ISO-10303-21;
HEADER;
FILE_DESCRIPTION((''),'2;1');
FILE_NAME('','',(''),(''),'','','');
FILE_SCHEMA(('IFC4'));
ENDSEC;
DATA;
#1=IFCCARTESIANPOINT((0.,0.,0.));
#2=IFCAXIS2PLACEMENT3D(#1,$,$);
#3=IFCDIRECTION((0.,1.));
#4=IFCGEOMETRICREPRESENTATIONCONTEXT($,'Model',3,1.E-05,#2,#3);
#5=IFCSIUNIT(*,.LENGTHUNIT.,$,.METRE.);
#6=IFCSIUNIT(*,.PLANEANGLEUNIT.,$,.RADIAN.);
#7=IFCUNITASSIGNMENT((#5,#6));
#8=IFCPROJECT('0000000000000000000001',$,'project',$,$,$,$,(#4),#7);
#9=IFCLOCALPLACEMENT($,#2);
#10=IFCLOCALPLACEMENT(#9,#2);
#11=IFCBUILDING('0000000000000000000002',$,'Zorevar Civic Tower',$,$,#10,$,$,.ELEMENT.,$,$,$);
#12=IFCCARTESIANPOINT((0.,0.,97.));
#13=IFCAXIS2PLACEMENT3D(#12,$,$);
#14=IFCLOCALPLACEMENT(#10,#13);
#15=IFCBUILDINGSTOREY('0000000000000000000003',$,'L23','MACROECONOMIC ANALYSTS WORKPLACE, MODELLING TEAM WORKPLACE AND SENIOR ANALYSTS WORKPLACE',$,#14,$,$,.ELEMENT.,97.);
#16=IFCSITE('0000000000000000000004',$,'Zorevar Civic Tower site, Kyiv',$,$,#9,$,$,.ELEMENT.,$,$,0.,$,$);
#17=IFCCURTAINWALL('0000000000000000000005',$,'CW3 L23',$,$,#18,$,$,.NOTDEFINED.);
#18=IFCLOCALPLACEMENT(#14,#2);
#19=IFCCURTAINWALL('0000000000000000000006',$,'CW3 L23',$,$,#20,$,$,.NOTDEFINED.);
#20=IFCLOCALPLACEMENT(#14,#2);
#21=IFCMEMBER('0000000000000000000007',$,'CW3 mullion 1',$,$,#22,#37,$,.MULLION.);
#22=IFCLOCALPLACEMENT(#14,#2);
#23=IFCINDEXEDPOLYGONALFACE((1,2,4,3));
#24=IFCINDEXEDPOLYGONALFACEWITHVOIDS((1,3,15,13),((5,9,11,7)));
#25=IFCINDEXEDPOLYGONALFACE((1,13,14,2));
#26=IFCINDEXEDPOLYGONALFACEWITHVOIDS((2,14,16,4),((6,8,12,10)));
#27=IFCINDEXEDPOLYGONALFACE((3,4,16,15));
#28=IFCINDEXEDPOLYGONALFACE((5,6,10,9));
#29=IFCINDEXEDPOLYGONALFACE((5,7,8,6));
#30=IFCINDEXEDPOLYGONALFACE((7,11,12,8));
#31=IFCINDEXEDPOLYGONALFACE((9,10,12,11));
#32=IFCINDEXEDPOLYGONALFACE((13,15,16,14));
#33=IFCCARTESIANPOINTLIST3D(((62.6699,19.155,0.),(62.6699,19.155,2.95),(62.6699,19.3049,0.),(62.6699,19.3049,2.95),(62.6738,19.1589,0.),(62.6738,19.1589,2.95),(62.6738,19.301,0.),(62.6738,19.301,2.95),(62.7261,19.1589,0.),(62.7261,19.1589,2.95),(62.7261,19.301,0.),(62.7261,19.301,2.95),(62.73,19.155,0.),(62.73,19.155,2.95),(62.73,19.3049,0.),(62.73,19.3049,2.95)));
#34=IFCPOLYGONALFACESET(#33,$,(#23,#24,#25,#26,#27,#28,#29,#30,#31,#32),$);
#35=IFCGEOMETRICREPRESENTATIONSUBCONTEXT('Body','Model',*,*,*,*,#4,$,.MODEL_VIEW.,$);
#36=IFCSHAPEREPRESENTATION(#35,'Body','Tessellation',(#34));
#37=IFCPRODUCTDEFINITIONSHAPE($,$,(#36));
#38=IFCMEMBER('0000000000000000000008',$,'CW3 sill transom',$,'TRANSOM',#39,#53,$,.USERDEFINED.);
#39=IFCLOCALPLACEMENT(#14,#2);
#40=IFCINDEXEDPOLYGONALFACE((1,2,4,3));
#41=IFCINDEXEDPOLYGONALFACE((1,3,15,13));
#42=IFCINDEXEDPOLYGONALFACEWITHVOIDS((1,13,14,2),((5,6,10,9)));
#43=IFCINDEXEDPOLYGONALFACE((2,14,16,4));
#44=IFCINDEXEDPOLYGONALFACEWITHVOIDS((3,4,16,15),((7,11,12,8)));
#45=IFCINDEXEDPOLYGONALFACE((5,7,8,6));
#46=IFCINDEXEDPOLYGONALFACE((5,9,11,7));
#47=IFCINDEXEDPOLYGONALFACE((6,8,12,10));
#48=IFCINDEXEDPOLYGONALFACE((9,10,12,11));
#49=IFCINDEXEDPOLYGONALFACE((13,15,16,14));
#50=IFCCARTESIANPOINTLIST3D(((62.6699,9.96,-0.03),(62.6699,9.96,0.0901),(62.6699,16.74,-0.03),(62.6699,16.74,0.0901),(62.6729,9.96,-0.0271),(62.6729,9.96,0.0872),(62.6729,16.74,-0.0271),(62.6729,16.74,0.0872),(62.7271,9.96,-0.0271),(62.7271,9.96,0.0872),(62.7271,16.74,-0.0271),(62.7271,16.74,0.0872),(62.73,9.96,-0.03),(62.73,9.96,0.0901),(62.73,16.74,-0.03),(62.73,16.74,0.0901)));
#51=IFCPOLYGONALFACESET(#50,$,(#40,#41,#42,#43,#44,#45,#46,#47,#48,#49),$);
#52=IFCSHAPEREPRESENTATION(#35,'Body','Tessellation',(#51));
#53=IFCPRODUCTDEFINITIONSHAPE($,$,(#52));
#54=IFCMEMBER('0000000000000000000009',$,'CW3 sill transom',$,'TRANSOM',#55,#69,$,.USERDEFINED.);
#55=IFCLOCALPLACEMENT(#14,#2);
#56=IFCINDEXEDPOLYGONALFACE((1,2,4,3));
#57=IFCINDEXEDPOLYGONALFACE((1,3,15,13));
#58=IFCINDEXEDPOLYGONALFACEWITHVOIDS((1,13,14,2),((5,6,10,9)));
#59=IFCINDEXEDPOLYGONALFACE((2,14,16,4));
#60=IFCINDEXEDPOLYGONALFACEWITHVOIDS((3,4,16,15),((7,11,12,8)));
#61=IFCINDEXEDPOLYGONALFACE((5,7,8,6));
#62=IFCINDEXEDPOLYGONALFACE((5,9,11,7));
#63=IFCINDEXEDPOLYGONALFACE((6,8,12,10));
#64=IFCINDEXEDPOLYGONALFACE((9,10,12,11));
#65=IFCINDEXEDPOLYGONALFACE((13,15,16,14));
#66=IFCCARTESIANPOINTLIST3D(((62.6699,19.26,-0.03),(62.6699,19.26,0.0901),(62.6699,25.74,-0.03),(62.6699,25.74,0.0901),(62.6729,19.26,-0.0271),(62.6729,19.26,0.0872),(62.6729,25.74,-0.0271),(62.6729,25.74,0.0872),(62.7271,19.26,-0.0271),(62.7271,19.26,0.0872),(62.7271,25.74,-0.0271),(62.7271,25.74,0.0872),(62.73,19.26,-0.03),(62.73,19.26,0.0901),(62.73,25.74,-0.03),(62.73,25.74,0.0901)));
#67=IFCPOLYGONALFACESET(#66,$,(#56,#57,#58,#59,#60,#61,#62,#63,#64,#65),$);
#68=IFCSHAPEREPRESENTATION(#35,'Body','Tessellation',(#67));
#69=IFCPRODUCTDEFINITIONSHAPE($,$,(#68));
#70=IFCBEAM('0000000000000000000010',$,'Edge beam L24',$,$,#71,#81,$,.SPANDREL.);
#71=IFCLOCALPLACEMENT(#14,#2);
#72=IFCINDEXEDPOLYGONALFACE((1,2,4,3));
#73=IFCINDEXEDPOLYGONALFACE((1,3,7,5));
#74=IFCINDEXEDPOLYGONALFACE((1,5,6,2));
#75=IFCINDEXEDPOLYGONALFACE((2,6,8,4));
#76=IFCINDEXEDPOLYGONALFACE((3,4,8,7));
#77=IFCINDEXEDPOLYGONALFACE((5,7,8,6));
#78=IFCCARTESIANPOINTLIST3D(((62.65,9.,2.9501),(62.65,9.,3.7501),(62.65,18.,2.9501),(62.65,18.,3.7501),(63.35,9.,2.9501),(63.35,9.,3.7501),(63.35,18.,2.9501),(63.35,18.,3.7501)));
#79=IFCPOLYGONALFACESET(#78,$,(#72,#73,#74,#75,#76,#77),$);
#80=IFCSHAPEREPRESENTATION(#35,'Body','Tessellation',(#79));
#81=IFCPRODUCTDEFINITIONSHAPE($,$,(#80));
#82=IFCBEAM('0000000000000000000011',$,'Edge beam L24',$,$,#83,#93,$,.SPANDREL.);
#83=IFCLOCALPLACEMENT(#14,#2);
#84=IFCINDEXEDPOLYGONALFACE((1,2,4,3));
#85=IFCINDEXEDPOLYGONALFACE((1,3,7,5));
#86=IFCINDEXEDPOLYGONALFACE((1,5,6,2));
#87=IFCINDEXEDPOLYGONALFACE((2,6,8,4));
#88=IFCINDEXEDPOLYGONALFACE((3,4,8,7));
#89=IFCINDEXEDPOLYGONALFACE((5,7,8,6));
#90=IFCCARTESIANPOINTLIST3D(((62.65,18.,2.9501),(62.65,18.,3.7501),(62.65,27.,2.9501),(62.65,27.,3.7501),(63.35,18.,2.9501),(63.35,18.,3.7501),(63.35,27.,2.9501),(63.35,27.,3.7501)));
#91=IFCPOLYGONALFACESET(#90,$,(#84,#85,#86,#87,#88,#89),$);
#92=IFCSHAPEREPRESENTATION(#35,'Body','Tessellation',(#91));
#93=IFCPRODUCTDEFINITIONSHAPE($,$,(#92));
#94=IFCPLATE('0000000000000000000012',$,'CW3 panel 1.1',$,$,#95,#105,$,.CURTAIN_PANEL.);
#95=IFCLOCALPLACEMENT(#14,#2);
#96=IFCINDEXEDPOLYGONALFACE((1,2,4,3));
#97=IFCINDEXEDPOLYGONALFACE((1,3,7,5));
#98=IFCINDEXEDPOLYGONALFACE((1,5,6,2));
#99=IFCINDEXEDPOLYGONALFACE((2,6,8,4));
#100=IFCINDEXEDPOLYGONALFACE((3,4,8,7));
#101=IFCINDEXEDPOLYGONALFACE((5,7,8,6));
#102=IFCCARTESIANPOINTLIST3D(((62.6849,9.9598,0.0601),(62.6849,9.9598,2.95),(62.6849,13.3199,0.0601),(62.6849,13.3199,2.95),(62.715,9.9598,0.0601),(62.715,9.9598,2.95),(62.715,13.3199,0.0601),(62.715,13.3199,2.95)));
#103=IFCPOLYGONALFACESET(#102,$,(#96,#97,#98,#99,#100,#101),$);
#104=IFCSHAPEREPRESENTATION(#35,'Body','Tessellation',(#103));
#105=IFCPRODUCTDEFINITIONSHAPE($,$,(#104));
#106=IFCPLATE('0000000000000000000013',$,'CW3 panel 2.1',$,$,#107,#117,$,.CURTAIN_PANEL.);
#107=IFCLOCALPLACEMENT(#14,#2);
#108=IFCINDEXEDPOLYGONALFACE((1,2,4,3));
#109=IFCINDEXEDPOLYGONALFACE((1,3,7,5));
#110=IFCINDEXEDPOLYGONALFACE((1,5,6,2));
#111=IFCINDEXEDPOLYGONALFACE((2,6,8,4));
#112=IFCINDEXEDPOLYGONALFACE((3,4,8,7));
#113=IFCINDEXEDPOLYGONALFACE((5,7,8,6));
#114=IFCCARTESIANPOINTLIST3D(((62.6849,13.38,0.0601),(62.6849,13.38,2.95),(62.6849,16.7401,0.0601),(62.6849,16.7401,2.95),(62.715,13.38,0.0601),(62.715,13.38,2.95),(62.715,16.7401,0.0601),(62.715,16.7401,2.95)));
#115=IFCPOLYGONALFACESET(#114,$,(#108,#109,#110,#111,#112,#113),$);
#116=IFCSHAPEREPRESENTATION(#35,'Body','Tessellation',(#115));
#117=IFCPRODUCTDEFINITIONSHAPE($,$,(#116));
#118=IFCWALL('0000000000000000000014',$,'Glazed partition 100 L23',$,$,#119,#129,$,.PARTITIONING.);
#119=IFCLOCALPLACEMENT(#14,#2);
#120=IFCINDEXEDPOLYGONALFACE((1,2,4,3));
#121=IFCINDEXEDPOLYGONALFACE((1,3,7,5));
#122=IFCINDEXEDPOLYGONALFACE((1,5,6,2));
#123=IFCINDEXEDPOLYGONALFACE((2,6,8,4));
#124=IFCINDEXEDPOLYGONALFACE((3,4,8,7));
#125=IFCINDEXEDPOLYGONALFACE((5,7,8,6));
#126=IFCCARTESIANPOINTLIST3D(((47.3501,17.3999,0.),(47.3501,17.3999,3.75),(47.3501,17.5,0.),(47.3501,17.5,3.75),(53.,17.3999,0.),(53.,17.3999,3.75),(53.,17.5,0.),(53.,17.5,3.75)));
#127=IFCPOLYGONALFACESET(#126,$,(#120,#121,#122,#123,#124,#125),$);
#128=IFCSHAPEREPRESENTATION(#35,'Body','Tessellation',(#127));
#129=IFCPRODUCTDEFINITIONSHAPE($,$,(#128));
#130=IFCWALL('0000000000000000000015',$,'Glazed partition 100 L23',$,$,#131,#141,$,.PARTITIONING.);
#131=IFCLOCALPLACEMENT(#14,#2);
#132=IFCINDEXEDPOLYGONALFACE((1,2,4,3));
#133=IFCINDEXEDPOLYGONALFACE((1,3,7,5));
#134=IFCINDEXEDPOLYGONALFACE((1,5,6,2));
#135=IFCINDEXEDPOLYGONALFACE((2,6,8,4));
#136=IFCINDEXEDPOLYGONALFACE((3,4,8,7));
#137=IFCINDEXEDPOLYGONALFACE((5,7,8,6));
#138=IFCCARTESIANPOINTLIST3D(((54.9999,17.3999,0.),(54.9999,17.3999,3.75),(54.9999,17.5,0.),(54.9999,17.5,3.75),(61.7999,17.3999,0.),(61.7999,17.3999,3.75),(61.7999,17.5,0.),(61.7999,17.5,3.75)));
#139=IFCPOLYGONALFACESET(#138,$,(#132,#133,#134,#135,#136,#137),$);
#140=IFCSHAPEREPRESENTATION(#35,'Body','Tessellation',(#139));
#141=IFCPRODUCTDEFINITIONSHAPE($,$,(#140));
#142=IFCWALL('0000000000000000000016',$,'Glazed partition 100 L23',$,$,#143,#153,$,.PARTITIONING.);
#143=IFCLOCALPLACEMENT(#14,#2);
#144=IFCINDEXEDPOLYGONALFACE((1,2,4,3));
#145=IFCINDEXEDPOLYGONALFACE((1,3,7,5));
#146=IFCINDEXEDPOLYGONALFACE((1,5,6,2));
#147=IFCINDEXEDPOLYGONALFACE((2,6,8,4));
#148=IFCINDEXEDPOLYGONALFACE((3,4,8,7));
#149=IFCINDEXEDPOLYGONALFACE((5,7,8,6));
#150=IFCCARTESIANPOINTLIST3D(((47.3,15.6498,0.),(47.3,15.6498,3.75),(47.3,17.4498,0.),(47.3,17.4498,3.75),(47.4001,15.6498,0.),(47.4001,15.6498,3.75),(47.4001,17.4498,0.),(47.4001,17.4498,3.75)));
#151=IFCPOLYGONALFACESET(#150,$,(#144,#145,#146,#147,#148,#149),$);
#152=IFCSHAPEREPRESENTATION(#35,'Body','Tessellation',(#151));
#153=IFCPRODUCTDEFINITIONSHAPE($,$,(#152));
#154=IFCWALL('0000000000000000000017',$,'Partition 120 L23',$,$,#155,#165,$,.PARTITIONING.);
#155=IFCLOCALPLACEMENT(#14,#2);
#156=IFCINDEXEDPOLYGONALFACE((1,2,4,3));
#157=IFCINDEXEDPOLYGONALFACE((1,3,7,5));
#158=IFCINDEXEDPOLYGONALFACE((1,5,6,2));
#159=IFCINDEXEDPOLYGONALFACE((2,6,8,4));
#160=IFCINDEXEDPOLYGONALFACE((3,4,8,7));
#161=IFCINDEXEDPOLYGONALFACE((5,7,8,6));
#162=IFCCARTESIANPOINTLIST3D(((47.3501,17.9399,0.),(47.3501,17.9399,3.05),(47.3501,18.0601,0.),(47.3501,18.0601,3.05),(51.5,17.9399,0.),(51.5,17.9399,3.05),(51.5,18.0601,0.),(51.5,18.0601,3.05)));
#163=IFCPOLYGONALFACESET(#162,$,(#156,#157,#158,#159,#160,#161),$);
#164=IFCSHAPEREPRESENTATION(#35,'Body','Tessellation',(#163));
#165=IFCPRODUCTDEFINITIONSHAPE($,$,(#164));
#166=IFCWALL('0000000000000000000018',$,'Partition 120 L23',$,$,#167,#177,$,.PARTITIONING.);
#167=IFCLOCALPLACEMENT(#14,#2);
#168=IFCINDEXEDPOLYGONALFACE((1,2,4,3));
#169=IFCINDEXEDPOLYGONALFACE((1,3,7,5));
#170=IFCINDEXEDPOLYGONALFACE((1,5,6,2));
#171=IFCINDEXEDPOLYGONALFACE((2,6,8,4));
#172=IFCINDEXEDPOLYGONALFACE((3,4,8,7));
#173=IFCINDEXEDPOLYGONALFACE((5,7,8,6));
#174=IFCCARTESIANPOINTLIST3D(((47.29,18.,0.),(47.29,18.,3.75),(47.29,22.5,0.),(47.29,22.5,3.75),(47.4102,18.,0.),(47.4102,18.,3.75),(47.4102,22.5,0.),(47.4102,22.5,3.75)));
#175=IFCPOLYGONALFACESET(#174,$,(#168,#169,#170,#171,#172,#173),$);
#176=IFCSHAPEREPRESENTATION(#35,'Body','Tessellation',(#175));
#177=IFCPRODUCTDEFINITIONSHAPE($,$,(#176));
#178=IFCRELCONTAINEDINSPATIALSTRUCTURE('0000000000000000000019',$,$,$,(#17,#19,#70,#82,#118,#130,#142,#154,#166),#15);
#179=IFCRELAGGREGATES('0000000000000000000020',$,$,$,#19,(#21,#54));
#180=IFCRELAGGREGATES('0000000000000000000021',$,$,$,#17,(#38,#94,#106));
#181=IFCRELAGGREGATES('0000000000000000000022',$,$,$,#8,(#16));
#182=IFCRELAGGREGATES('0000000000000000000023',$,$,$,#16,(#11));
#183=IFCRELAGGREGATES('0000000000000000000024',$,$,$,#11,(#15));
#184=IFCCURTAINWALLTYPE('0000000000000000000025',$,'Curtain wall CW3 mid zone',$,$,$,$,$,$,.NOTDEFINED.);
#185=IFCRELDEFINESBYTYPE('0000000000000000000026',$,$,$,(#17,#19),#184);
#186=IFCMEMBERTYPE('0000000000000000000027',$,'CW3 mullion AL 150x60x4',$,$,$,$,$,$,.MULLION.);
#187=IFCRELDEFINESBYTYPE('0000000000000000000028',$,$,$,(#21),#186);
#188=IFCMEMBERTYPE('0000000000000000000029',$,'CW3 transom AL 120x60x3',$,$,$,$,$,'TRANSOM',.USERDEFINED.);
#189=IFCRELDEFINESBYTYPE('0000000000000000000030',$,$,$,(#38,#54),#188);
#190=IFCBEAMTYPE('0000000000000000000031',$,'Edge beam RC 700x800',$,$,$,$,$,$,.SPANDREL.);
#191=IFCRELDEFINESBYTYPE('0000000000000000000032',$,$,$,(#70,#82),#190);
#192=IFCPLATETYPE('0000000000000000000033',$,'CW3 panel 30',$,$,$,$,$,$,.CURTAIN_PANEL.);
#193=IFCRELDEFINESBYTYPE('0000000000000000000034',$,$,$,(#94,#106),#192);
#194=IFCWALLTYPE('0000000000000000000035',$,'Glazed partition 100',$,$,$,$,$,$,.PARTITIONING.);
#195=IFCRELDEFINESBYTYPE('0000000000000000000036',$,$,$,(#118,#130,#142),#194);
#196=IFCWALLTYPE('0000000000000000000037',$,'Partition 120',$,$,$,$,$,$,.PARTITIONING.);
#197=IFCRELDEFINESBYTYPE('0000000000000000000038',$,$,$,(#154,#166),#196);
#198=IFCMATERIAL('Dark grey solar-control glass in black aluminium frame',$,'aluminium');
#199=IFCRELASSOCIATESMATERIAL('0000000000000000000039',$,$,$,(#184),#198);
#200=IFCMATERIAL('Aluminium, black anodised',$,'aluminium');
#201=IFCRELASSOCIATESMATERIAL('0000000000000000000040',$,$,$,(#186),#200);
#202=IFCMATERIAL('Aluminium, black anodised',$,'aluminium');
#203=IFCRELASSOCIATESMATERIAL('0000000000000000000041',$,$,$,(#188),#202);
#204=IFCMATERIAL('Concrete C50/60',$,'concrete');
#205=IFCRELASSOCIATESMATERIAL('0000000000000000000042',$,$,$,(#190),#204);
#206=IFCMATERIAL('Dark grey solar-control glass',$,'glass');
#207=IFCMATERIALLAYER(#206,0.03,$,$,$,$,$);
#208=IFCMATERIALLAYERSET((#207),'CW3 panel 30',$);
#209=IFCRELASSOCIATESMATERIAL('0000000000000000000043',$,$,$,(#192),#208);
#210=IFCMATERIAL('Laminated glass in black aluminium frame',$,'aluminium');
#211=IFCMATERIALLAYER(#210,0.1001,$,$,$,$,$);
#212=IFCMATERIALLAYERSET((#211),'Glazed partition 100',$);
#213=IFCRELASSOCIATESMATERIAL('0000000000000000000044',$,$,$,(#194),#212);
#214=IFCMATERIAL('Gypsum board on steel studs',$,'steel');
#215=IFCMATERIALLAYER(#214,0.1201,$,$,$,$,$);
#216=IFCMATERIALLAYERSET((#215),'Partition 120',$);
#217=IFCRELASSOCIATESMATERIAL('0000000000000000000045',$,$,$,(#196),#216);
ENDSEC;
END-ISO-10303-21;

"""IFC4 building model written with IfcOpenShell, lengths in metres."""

from ifc_helpers import new_model, si_unit, direction, frame, frame_2d, origin, origin_2d, place, context, subcontext, project, spatial, rectangle, hollow_rectangle, extrude, material, layer, layer_set, material_profile, profile_set, type_object, element, aggregate, save


model = new_model("IFC4")

# Units and contexts
model_context = context("Model", 3, precision=1e-05, world=origin(), true_north=direction((0.0, 1.0)))
body_context = subcontext(model_context, "Body", "Model", "MODEL_VIEW")
ifc_project = project(units=[si_unit("LENGTHUNIT", "METRE"), si_unit("PLANEANGLEUNIT", "RADIAN")], contexts=[model_context])

# Site, building, storey
site_placement = place(None, origin())
site = spatial("IfcSite", under=ifc_project, at=site_placement, Name="Zorevar Civic Tower site, Kyiv", CompositionType="ELEMENT", RefElevation=0.0)
building_placement = place(site_placement, origin())
building = spatial("IfcBuilding", under=site, at=building_placement, Name="Zorevar Civic Tower", CompositionType="ELEMENT")
storey_placement = place(building_placement, frame((0.0, 0.0, 97.0)))
storey = spatial("IfcBuildingStorey", under=building, at=storey_placement, Name="L23", Description="MACROECONOMIC ANALYSTS WORKPLACE, MODELLING TEAM WORKPLACE AND SENIOR ANALYSTS WORKPLACE", CompositionType="ELEMENT", Elevation=97.0)

# Curtain wall
ifc_material_1 = material(Name="Dark grey solar-control glass in black aluminium frame", Category="aluminium")
curtain_wall_type = type_object("IfcCurtainWallType", Name="Curtain wall CW3 mid zone", PredefinedType="NOTDEFINED", material=ifc_material_1)
curtain_wall_1_placement = place(storey_placement, origin())
curtain_wall_1 = element("IfcCurtainWall", 1, at=curtain_wall_1_placement, inside=storey, type_object=curtain_wall_type, Name="CW3 L23", PredefinedType="NOTDEFINED")
ifc_material_2 = material(Name="Aluminium, black anodised", Category="aluminium")
ifc_material_profile_1 = material_profile(ifc_material_2, hollow_rectangle(XDim=0.0601, YDim=0.1499, WallThickness=0.0039, at=origin_2d()), Name="AL 150x60x4")
ifc_profile_set_1 = profile_set([ifc_material_profile_1], Name="Aluminium, black anodised")
member_type_1 = type_object("IfcMemberType", Name="CW3 mullion AL 150x60x4", PredefinedType="MULLION", material=ifc_profile_set_1)

# Curtain wall, member
curtain_wall_2_placement = place(storey_placement, origin())
curtain_wall_2 = element("IfcCurtainWall", 2, at=curtain_wall_2_placement, inside=storey, type_object=curtain_wall_type, Name="CW3 L23", PredefinedType="NOTDEFINED")
member_1_placement = place(storey_placement, frame((62.7, 19.23, 0.0), z_axis=(0.0, 0.0, 1.0), x_axis=(-1.0, 0.0, 0.0)))
member_1 = element("IfcMember", 3, at=member_1_placement, type_object=member_type_1, Name="CW3 mullion 1", PredefinedType="MULLION", context=body_context, shape_type="SweptSolid", body=[
    extrude(hollow_rectangle(XDim=0.0601, YDim=0.1499, WallThickness=0.0039, at=origin_2d()), origin(), (0.0, 0.0, 1.0), 2.95),
])

# Members
ifc_material_3 = material(Name="Aluminium, black anodised", Category="aluminium")
ifc_material_profile_2 = material_profile(ifc_material_3, hollow_rectangle(XDim=0.0601, YDim=0.1201, WallThickness=0.0029, at=origin_2d()), Name="AL 120x60x3")
ifc_profile_set_2 = profile_set([ifc_material_profile_2], Name="Aluminium, black anodised")
member_type_2 = type_object("IfcMemberType", Name="CW3 transom AL 120x60x3", ElementType="TRANSOM", PredefinedType="USERDEFINED", material=ifc_profile_set_2)
member_2_placement = place(storey_placement, frame((62.7, 9.96, 0.03), z_axis=(0.0, 1.0, 0.0), x_axis=(-1.0, 0.0, 0.0)))
member_2 = element("IfcMember", 4, at=member_2_placement, type_object=member_type_2, Name="CW3 sill transom", ObjectType="TRANSOM", PredefinedType="USERDEFINED", context=body_context, shape_type="SweptSolid", body=[
    extrude(hollow_rectangle(XDim=0.0601, YDim=0.1201, WallThickness=0.0029, at=origin_2d()), origin(), (0.0, 0.0, 1.0), 6.78),
])
member_3_placement = place(storey_placement, frame((62.7, 19.26, 0.03), z_axis=(0.0, 1.0, 0.0), x_axis=(-1.0, 0.0, 0.0)))
member_3 = element("IfcMember", 5, at=member_3_placement, type_object=member_type_2, Name="CW3 sill transom", ObjectType="TRANSOM", PredefinedType="USERDEFINED", context=body_context, shape_type="SweptSolid", body=[
    extrude(hollow_rectangle(XDim=0.0601, YDim=0.1201, WallThickness=0.0029, at=origin_2d()), origin(), (0.0, 0.0, 1.0), 6.48),
])
aggregate(curtain_wall_2, [member_1, member_3])

# Beams
ifc_material_4 = material(Name="Concrete C50/60", Category="concrete")
ifc_material_profile_3 = material_profile(ifc_material_4, rectangle(XDim=0.7, YDim=0.8, at=origin_2d()), Name="RC 700x800")
ifc_profile_set_3 = profile_set([ifc_material_profile_3], Name="Concrete C50/60")
beam_type_1 = type_object("IfcBeamType", Name="Edge beam RC 700x800", PredefinedType="SPANDREL", material=ifc_profile_set_3)
for number, where, z_axis, x_axis, name in (
    (6, (63.0, 9.0, 3.3501), (0.0, 1.0, 0.0), (-1.0, 0.0, 0.0), "Edge beam L24"),
    (7, (63.0, 18.0, 3.3501), (0.0, 1.0, 0.0), (-1.0, 0.0, 0.0), "Edge beam L24"),
):
    element("IfcBeam", number, at=place(storey_placement, frame(where, z_axis=z_axis, x_axis=x_axis)), inside=storey, type_object=beam_type_1, Name=name, PredefinedType="SPANDREL", context=body_context, shape_type="SweptSolid", body=[
        extrude(rectangle(XDim=0.7, YDim=0.8, at=origin_2d()), origin(), (0.0, 0.0, 1.0), 9.0),
    ])

# Plates
ifc_material_5 = material(Name="Dark grey solar-control glass", Category="glass")
ifc_layer_1 = layer(ifc_material_5, 0.03)
ifc_layer_set_1 = layer_set([ifc_layer_1], Name="CW3 panel 30")
plate_type = type_object("IfcPlateType", Name="CW3 panel 30", PredefinedType="CURTAIN_PANEL", material=ifc_layer_set_1)
plate_1_placement = place(storey_placement, frame((62.7, 11.6399, 0.0601), z_axis=(0.0, 0.0, 1.0), x_axis=(0.0, 1.0, 0.0)))
plate_1 = element("IfcPlate", 8, at=plate_1_placement, type_object=plate_type, Name="CW3 panel 1.1", PredefinedType="CURTAIN_PANEL", context=body_context, shape_type="SweptSolid", body=[
    extrude(rectangle(XDim=3.3601, YDim=0.03, at=origin_2d()), origin(), (0.0, 0.0, 1.0), 2.8899),
])
plate_2_placement = place(storey_placement, frame((62.7, 15.0601, 0.0601), z_axis=(0.0, 0.0, 1.0), x_axis=(0.0, 1.0, 0.0)))
plate_2 = element("IfcPlate", 9, at=plate_2_placement, type_object=plate_type, Name="CW3 panel 2.1", PredefinedType="CURTAIN_PANEL", context=body_context, shape_type="SweptSolid", body=[
    extrude(rectangle(XDim=3.3601, YDim=0.03, at=origin_2d()), origin(), (0.0, 0.0, 1.0), 2.8899),
])
aggregate(curtain_wall_1, [member_2, plate_1, plate_2])

# Walls
ifc_material_6 = material(Name="Laminated glass in black aluminium frame", Category="aluminium")
ifc_layer_2 = layer(ifc_material_6, 0.1001)
ifc_layer_set_2 = layer_set([ifc_layer_2], Name="Glazed partition 100")
wall_type_1 = type_object("IfcWallType", Name="Glazed partition 100", PredefinedType="PARTITIONING", material=ifc_layer_set_2)
wall_1_placement = place(storey_placement, frame((47.3501, 17.45, 0.0), z_axis=(0.0, 0.0, 1.0), x_axis=(1.0, 0.0, 0.0)))
element("IfcWall", 10, at=wall_1_placement, inside=storey, type_object=wall_type_1, Name="Glazed partition 100 L23", PredefinedType="PARTITIONING", context=body_context, shape_type="SweptSolid", body=[
    extrude(rectangle(XDim=5.6499, YDim=0.1001, at=frame_2d((2.825, 0.0))), origin(), (0.0, 0.0, 1.0), 3.75),
])
wall_2_placement = place(storey_placement, frame((55.0, 17.45, 0.0), z_axis=(0.0, 0.0, 1.0), x_axis=(1.0, 0.0, 0.0)))
element("IfcWall", 11, at=wall_2_placement, inside=storey, type_object=wall_type_1, Name="Glazed partition 100 L23", PredefinedType="PARTITIONING", context=body_context, shape_type="SweptSolid", body=[
    extrude(rectangle(XDim=6.8, YDim=0.1001, at=frame_2d((3.3999, 0.0))), origin(), (0.0, 0.0, 1.0), 3.75),
])
wall_3_placement = place(storey_placement, frame((47.3501, 15.6499, 0.0), z_axis=(0.0, 0.0, 1.0), x_axis=(0.0, 1.0, 0.0)))
element("IfcWall", 12, at=wall_3_placement, inside=storey, type_object=wall_type_1, Name="Glazed partition 100 L23", PredefinedType="PARTITIONING", context=body_context, shape_type="SweptSolid", body=[
    extrude(rectangle(XDim=1.8, YDim=0.1001, at=frame_2d((0.8999, 0.0))), origin(), (0.0, 0.0, 1.0), 3.75),
])
ifc_material_7 = material(Name="Gypsum board on steel studs", Category="steel")
ifc_layer_3 = layer(ifc_material_7, 0.1201)
ifc_layer_set_3 = layer_set([ifc_layer_3], Name="Partition 120")
wall_type_2 = type_object("IfcWallType", Name="Partition 120", PredefinedType="PARTITIONING", material=ifc_layer_set_3)
wall_4_placement = place(storey_placement, frame((47.3501, 18.0, 0.0), z_axis=(0.0, 0.0, 1.0), x_axis=(1.0, 0.0, 0.0)))
element("IfcWall", 13, at=wall_4_placement, inside=storey, type_object=wall_type_2, Name="Partition 120 L23", PredefinedType="PARTITIONING", context=body_context, shape_type="SweptSolid", body=[
    extrude(rectangle(XDim=4.1499, YDim=0.1201, at=frame_2d((2.075, 0.0))), origin(), (0.0, 0.0, 1.0), 3.05),
])
wall_5_placement = place(storey_placement, frame((47.3501, 18.0, 0.0), z_axis=(0.0, 0.0, 1.0), x_axis=(0.0, 1.0, 0.0)))
element("IfcWall", 14, at=wall_5_placement, inside=storey, type_object=wall_type_2, Name="Partition 120 L23", PredefinedType="PARTITIONING", context=body_context, shape_type="SweptSolid", body=[
    extrude(rectangle(XDim=4.5, YDim=0.1201, at=frame_2d((2.25, 0.0))), origin(), (0.0, 0.0, 1.0), 3.75),
])

save(model, "model.ifc")
